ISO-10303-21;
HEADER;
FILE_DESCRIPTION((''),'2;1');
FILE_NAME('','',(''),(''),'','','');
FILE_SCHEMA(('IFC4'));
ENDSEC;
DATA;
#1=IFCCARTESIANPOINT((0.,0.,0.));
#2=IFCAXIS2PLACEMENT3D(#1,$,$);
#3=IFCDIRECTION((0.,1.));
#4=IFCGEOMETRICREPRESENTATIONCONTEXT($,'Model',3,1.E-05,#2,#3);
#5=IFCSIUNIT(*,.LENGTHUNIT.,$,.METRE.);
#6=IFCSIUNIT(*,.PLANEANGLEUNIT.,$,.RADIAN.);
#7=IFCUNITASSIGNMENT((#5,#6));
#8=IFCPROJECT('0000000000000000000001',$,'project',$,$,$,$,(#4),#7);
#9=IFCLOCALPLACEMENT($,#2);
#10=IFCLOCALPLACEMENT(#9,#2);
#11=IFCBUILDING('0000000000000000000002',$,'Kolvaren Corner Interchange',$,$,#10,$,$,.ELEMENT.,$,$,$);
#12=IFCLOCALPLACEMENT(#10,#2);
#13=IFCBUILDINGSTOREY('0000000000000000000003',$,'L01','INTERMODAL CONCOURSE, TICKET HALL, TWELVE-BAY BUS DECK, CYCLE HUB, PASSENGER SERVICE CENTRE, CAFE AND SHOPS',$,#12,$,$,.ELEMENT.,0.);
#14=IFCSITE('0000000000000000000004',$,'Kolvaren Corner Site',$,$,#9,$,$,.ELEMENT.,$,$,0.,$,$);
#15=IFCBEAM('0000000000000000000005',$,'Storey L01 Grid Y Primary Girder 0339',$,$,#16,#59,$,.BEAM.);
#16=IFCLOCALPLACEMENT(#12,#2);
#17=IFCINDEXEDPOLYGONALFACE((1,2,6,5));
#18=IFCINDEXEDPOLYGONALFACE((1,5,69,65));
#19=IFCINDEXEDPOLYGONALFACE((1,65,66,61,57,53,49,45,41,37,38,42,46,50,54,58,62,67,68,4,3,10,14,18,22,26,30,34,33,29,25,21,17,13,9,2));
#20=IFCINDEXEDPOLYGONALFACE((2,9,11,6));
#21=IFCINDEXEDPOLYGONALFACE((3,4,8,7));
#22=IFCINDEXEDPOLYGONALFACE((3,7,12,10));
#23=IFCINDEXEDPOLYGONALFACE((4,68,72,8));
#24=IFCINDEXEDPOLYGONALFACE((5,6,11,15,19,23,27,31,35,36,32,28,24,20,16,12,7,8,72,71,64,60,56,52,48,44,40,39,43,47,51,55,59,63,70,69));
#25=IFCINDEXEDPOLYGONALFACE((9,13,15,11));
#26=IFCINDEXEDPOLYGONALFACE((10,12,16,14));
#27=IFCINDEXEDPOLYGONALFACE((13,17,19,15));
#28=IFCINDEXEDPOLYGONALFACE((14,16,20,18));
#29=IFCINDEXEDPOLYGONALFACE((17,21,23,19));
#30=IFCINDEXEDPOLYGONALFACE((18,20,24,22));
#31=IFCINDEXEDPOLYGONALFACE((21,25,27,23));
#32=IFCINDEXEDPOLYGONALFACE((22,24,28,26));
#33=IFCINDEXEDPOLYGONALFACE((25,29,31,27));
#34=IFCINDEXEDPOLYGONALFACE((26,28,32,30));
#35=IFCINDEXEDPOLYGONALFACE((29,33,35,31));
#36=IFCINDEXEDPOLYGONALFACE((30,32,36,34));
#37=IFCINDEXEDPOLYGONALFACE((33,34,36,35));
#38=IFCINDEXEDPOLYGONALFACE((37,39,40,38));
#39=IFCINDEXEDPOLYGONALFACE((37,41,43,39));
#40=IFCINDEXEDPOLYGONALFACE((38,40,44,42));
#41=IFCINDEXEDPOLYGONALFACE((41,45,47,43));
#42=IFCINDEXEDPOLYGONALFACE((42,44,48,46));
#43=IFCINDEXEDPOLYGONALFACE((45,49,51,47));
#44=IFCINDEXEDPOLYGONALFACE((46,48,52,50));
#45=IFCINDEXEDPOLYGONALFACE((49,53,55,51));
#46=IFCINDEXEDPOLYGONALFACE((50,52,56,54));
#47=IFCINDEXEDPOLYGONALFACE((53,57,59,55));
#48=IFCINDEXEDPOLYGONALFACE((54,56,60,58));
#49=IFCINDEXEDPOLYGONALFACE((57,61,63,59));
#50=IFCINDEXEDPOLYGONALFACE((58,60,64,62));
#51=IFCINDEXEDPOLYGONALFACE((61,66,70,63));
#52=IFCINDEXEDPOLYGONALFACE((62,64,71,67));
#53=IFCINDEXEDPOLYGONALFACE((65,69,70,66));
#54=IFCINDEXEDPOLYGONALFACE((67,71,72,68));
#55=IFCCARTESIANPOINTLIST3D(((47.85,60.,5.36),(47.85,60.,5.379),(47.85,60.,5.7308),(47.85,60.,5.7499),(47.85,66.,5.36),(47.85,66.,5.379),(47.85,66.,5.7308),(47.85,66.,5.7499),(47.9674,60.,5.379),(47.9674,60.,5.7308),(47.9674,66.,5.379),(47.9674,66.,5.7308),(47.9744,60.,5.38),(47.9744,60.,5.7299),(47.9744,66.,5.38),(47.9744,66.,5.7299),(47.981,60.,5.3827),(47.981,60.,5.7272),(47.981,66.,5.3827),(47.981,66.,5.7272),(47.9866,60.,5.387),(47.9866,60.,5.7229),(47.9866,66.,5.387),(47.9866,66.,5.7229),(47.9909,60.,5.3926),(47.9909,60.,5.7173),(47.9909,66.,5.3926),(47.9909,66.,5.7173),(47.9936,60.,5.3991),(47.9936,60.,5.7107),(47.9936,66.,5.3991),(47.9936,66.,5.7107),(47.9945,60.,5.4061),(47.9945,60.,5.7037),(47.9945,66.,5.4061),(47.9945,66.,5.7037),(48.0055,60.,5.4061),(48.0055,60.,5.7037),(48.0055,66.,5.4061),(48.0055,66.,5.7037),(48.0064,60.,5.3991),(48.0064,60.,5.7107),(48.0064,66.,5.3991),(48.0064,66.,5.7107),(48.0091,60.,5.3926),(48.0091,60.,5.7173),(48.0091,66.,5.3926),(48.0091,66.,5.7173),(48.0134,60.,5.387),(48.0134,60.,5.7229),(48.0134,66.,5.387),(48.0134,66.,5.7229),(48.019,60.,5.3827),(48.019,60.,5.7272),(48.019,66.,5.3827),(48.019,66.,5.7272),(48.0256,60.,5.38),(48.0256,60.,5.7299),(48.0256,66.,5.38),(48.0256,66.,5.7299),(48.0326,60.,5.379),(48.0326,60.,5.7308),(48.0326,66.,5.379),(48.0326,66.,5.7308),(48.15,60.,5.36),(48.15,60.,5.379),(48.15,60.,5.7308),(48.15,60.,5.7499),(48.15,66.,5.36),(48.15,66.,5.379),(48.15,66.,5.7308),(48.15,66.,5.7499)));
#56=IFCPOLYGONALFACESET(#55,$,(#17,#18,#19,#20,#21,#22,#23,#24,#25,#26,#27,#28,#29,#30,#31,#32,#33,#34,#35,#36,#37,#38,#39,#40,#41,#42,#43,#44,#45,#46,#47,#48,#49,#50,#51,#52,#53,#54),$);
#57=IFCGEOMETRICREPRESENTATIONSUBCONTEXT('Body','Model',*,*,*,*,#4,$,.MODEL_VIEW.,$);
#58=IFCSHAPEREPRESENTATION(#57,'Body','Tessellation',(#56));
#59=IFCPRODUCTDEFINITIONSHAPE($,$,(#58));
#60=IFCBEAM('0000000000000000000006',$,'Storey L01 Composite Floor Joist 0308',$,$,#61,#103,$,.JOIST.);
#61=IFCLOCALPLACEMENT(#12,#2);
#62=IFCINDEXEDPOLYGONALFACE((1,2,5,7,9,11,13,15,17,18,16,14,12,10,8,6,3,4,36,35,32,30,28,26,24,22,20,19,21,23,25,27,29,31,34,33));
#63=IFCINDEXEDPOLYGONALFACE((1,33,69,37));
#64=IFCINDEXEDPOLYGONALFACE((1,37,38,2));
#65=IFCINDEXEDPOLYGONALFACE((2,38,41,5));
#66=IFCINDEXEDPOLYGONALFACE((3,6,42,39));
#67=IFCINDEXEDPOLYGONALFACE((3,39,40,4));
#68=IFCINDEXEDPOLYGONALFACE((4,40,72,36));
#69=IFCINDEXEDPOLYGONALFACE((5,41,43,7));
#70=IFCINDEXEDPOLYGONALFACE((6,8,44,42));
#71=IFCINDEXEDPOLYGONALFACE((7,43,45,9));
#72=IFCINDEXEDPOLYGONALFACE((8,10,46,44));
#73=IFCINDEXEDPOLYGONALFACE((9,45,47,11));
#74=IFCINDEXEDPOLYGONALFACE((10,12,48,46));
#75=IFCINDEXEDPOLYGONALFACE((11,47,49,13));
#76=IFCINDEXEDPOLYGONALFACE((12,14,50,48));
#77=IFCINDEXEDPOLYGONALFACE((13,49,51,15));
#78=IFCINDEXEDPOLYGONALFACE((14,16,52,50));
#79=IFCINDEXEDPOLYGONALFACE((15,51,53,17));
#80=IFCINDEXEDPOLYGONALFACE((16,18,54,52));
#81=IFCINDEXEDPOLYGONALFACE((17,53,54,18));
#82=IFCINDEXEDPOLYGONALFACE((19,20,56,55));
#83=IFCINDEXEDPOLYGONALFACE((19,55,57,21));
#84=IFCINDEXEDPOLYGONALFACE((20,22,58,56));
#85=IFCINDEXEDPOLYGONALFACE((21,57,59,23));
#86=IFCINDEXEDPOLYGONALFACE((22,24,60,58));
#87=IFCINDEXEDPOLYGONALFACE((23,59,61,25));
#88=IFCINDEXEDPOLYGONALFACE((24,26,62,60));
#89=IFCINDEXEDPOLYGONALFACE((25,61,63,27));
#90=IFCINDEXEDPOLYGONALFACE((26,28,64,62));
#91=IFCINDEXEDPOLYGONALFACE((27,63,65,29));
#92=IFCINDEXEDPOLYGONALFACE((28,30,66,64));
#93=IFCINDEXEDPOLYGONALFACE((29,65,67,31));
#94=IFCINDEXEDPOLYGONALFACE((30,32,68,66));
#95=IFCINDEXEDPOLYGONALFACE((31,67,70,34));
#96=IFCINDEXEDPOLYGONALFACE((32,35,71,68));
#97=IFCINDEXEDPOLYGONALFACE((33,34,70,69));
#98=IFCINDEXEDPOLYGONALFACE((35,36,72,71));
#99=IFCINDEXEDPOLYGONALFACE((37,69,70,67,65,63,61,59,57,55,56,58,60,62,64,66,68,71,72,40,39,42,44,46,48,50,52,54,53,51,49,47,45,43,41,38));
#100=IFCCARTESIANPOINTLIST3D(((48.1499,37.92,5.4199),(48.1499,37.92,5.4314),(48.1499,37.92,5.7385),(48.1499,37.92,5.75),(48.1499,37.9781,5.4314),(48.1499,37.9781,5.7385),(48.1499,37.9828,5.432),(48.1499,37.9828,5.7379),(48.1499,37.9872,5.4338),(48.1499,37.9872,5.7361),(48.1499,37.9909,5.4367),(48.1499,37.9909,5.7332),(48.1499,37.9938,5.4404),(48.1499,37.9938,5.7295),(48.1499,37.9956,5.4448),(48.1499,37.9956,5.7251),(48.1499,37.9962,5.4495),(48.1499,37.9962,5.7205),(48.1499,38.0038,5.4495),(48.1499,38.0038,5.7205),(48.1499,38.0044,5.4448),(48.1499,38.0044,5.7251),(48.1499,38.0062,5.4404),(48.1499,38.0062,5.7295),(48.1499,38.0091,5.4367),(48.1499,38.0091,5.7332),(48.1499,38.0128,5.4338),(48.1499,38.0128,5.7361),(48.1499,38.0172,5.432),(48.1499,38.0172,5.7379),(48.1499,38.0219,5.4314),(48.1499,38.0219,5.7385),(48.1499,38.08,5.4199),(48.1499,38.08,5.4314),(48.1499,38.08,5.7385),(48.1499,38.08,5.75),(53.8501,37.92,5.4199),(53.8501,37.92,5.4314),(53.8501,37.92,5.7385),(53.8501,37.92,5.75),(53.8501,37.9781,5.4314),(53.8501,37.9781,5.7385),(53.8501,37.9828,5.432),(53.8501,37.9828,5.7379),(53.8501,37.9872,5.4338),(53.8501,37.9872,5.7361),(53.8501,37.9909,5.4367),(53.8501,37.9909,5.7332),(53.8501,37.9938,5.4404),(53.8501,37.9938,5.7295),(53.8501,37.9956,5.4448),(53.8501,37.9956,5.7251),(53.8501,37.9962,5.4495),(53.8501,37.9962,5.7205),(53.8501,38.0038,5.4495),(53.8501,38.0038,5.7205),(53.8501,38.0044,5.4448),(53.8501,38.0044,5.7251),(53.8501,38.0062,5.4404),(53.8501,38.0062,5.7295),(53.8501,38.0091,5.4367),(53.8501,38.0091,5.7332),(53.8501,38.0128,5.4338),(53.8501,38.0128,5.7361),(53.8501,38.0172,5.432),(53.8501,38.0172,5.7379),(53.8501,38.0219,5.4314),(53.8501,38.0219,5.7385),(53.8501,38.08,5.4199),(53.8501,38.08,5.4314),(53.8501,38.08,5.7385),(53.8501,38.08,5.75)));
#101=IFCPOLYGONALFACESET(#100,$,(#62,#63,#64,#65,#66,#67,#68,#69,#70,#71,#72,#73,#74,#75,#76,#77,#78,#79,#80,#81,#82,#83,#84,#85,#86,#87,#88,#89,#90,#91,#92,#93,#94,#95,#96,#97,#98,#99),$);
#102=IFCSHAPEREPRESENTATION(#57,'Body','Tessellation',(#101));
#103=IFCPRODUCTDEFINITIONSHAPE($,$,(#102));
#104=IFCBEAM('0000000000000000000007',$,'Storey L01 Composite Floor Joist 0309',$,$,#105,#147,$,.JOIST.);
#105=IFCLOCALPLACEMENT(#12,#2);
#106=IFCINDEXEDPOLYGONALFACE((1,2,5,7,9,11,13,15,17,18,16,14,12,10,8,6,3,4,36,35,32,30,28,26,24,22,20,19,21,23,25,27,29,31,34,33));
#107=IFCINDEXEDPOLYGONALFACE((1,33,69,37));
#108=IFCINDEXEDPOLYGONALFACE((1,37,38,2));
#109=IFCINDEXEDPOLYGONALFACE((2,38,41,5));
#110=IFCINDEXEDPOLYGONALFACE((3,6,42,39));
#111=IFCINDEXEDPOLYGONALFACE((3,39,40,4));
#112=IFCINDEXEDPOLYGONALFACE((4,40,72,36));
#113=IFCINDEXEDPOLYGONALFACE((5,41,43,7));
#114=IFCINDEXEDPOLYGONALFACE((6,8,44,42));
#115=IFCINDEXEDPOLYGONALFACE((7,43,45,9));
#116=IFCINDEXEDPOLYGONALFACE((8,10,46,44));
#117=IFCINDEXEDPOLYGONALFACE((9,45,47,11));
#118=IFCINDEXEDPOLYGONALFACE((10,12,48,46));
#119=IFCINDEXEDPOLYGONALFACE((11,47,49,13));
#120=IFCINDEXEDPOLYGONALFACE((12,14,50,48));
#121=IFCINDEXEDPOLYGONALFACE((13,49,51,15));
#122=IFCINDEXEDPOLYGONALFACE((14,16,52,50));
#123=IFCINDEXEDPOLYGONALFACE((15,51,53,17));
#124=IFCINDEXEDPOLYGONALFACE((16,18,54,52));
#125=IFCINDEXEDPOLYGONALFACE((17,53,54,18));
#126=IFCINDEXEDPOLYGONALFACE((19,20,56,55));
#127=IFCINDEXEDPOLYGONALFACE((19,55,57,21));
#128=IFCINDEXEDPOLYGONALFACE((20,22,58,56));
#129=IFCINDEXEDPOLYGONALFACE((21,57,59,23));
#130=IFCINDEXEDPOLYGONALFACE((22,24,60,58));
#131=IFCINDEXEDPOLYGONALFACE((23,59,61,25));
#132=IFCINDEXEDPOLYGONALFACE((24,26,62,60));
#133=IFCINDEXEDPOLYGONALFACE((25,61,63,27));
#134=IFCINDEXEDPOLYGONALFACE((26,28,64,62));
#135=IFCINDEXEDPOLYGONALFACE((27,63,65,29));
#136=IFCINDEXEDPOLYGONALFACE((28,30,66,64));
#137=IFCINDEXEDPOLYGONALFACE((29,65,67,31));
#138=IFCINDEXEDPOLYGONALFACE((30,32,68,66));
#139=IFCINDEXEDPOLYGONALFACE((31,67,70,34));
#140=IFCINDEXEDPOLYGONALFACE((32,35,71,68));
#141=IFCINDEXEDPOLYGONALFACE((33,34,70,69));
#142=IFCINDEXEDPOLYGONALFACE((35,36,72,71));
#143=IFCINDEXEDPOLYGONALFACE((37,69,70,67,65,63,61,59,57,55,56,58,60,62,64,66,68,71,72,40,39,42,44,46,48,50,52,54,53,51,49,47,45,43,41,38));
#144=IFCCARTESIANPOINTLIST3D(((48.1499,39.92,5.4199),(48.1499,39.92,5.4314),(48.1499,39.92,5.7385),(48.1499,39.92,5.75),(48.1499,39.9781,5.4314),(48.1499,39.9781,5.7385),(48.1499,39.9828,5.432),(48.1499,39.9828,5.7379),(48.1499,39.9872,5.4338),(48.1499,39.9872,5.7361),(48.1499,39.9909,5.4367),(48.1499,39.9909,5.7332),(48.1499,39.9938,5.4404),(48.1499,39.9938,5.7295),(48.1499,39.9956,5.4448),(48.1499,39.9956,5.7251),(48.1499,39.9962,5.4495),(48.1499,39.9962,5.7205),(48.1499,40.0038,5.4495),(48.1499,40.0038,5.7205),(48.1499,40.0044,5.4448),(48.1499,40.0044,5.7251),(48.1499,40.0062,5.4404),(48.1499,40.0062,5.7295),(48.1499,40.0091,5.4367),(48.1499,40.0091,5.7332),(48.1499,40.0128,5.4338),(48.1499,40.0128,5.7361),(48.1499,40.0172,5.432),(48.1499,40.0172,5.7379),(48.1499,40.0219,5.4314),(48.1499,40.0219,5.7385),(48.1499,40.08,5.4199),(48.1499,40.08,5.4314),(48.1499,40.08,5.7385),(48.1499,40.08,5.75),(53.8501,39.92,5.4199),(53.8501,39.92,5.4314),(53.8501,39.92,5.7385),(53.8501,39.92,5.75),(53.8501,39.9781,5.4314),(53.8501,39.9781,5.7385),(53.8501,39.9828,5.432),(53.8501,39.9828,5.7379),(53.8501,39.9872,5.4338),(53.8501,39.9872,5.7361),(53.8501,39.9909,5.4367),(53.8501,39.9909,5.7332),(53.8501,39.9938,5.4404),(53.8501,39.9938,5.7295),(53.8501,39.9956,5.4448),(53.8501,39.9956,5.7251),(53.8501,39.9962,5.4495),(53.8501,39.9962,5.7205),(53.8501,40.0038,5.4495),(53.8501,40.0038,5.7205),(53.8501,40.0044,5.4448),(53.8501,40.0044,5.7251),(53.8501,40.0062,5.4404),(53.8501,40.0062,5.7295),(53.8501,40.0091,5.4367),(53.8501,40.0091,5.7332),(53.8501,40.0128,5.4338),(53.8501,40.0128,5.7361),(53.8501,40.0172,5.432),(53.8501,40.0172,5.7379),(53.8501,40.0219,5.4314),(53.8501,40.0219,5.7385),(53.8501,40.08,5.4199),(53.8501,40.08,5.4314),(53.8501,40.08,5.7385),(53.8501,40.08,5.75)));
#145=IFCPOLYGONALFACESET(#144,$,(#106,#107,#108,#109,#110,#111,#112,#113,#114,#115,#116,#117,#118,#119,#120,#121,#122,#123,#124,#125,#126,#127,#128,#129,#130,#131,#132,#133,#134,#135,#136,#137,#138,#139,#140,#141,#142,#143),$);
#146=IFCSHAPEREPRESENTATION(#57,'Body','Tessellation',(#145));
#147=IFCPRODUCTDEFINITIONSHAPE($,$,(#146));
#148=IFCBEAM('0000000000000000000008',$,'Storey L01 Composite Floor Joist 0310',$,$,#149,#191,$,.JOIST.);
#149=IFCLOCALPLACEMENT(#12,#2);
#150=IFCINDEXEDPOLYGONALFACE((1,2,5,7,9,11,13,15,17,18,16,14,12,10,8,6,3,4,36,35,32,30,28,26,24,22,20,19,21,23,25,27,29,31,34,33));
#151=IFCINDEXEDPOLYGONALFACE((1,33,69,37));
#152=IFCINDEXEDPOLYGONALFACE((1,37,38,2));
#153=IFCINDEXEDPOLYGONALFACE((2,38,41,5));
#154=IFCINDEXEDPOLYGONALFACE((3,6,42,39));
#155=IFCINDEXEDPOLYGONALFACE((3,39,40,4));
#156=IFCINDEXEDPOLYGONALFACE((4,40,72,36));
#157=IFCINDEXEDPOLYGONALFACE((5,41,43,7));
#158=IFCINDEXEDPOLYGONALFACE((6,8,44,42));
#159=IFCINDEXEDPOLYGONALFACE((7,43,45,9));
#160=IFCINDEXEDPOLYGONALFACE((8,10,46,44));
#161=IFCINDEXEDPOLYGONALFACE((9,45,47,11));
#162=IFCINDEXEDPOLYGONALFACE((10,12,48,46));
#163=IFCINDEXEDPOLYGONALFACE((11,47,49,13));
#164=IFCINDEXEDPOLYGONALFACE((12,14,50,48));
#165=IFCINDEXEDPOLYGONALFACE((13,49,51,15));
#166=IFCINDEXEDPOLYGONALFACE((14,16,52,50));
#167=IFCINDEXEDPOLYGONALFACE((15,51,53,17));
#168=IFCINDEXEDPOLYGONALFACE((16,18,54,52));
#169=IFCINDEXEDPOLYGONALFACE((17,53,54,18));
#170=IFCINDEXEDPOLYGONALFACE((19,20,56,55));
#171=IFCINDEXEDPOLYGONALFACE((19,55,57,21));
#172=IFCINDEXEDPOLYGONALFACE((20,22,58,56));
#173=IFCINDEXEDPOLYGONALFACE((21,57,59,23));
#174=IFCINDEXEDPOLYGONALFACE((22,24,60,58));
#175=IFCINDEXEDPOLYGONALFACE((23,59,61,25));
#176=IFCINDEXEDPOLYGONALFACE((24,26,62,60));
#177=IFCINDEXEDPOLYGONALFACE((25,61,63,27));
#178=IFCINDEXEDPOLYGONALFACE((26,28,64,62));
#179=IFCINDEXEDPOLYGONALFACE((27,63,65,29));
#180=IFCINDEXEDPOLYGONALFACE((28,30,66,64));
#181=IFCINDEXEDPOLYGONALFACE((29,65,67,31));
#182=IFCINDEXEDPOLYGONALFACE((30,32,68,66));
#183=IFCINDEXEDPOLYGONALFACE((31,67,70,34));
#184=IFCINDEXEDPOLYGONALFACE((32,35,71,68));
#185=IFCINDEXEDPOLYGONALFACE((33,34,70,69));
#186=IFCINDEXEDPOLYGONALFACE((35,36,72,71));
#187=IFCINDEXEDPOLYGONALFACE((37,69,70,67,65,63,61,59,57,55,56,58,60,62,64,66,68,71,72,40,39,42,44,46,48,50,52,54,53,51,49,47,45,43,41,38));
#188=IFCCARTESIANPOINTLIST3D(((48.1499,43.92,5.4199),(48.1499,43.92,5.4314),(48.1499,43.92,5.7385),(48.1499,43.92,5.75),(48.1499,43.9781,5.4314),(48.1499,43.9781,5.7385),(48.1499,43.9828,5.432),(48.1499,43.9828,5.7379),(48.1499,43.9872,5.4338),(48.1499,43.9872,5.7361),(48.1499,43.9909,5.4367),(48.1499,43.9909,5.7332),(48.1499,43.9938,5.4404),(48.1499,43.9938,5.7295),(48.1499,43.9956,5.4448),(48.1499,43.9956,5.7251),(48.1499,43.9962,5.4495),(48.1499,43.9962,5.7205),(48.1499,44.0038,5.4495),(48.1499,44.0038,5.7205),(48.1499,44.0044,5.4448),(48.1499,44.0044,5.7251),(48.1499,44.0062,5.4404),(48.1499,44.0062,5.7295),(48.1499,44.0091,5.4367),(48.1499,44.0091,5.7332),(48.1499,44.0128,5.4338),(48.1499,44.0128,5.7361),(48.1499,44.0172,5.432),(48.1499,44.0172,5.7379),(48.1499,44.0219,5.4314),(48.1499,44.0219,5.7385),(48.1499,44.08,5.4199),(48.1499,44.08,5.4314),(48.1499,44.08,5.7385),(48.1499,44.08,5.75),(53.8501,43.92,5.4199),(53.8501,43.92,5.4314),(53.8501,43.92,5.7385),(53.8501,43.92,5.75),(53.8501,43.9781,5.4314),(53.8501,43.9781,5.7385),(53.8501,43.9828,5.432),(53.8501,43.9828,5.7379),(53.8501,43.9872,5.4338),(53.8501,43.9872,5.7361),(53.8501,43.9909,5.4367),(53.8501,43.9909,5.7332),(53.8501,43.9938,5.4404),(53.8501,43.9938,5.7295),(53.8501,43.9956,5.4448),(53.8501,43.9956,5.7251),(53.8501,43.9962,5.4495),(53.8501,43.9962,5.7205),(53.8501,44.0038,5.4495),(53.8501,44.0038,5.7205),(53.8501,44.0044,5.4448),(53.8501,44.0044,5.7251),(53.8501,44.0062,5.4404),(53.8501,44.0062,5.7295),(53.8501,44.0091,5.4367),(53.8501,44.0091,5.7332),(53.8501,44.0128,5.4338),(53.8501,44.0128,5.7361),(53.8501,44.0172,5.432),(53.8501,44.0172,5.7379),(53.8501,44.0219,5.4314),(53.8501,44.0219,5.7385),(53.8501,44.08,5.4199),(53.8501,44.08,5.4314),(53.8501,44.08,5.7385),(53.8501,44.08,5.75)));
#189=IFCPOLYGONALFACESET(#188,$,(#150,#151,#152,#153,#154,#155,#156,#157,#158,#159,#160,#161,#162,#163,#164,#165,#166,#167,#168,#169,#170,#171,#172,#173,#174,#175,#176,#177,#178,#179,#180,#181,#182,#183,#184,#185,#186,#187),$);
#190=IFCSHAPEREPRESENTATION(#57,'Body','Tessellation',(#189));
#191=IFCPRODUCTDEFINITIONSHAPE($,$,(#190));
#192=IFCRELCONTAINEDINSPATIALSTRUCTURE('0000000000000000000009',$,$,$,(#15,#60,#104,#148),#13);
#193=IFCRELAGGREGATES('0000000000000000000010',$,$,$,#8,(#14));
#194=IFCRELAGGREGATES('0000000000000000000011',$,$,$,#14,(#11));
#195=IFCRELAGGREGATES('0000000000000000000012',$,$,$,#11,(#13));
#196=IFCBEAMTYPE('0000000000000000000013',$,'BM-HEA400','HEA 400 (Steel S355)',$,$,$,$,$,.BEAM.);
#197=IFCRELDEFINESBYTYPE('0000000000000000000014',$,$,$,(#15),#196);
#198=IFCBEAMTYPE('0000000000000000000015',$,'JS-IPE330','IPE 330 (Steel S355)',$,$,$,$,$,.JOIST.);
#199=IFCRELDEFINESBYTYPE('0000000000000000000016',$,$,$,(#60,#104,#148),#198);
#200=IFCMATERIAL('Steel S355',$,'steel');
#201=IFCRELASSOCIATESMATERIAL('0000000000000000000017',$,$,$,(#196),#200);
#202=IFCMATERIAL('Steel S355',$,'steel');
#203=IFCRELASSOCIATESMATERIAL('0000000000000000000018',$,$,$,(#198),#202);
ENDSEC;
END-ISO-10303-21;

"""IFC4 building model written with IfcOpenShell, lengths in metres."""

from ifc_helpers import new_model, si_unit, direction, frame, origin, origin_2d, place, context, subcontext, project, spatial, i_section, extrude, material, material_profile, profile_set, type_object, element, save


model = new_model("IFC4")

# Units and contexts
model_context = context("Model", 3, precision=1e-05, world=origin(), true_north=direction((0.0, 1.0)))
body_context = subcontext(model_context, "Body", "Model", "MODEL_VIEW")
ifc_project = project(units=[si_unit("LENGTHUNIT", "METRE"), si_unit("PLANEANGLEUNIT", "RADIAN")], contexts=[model_context])

# Site, building, storey
site_placement = place(None, origin())
site = spatial("IfcSite", under=ifc_project, at=site_placement, Name="Kolvaren Corner Site", CompositionType="ELEMENT", RefElevation=0.0)
building_placement = place(site_placement, origin())
building = spatial("IfcBuilding", under=site, at=building_placement, Name="Kolvaren Corner Interchange", CompositionType="ELEMENT")
storey_placement = place(building_placement, origin())
storey = spatial("IfcBuildingStorey", under=building, at=storey_placement, Name="L01", Description="INTERMODAL CONCOURSE, TICKET HALL, TWELVE-BAY BUS DECK, CYCLE HUB, PASSENGER SERVICE CENTRE, CAFE AND SHOPS", CompositionType="ELEMENT", Elevation=0.0)

# Beams
ifc_material_1 = material(Name="Steel S355", Category="steel")
ifc_material_profile_1 = material_profile(ifc_material_1, i_section(OverallWidth=0.3, OverallDepth=0.3899, WebThickness=0.011, FlangeThickness=0.019, FilletRadius=0.0271, at=origin_2d()), Name="HEA 400")
ifc_profile_set_1 = profile_set([ifc_material_profile_1], Name="Steel S355")
beam_type_1 = type_object("IfcBeamType", Name="BM-HEA400", Description="HEA 400 (Steel S355)", PredefinedType="BEAM", material=ifc_profile_set_1)
for number, where, z_axis, x_axis, name in (
    (1, (48.0, 60.0, 5.5549), (0.0, 1.0, 0.0), (-1.0, 0.0, 0.0), "Storey L01 Grid Y Primary Girder 0339"),
):
    element("IfcBeam", number, at=place(storey_placement, frame(where, z_axis=z_axis, x_axis=x_axis)), inside=storey, type_object=beam_type_1, Name=name, PredefinedType="BEAM", context=body_context, shape_type="SweptSolid", body=[
        extrude(i_section(OverallWidth=0.3, OverallDepth=0.3899, WebThickness=0.011, FlangeThickness=0.019, FilletRadius=0.0271, at=origin_2d()), origin(), (0.0, 0.0, 1.0), 6.0),
    ])
ifc_material_2 = material(Name="Steel S355", Category="steel")
ifc_material_profile_2 = material_profile(ifc_material_2, i_section(OverallWidth=0.1599, OverallDepth=0.3301, WebThickness=0.0076, FlangeThickness=0.0115, FilletRadius=0.0181, at=origin_2d()), Name="IPE 330")
ifc_profile_set_2 = profile_set([ifc_material_profile_2], Name="Steel S355")
beam_type_2 = type_object("IfcBeamType", Name="JS-IPE330", Description="IPE 330 (Steel S355)", PredefinedType="JOIST", material=ifc_profile_set_2)
for number, where, z_axis, x_axis, name in (
    (2, (48.1499, 38.0, 5.585), (1.0, 0.0, 0.0), (0.0, 1.0, 0.0), "Storey L01 Composite Floor Joist 0308"),
    (3, (48.1499, 40.0, 5.585), (1.0, 0.0, 0.0), (0.0, 1.0, 0.0), "Storey L01 Composite Floor Joist 0309"),
    (4, (48.1499, 44.0, 5.585), (1.0, 0.0, 0.0), (0.0, 1.0, 0.0), "Storey L01 Composite Floor Joist 0310"),
):
    element("IfcBeam", number, at=place(storey_placement, frame(where, z_axis=z_axis, x_axis=x_axis)), inside=storey, type_object=beam_type_2, Name=name, PredefinedType="JOIST", context=body_context, shape_type="SweptSolid", body=[
        extrude(i_section(OverallWidth=0.1599, OverallDepth=0.3301, WebThickness=0.0076, FlangeThickness=0.0115, FilletRadius=0.0181, at=origin_2d()), origin(), (0.0, 0.0, 1.0), 5.7002),
    ])

save(model, "model.ifc")
